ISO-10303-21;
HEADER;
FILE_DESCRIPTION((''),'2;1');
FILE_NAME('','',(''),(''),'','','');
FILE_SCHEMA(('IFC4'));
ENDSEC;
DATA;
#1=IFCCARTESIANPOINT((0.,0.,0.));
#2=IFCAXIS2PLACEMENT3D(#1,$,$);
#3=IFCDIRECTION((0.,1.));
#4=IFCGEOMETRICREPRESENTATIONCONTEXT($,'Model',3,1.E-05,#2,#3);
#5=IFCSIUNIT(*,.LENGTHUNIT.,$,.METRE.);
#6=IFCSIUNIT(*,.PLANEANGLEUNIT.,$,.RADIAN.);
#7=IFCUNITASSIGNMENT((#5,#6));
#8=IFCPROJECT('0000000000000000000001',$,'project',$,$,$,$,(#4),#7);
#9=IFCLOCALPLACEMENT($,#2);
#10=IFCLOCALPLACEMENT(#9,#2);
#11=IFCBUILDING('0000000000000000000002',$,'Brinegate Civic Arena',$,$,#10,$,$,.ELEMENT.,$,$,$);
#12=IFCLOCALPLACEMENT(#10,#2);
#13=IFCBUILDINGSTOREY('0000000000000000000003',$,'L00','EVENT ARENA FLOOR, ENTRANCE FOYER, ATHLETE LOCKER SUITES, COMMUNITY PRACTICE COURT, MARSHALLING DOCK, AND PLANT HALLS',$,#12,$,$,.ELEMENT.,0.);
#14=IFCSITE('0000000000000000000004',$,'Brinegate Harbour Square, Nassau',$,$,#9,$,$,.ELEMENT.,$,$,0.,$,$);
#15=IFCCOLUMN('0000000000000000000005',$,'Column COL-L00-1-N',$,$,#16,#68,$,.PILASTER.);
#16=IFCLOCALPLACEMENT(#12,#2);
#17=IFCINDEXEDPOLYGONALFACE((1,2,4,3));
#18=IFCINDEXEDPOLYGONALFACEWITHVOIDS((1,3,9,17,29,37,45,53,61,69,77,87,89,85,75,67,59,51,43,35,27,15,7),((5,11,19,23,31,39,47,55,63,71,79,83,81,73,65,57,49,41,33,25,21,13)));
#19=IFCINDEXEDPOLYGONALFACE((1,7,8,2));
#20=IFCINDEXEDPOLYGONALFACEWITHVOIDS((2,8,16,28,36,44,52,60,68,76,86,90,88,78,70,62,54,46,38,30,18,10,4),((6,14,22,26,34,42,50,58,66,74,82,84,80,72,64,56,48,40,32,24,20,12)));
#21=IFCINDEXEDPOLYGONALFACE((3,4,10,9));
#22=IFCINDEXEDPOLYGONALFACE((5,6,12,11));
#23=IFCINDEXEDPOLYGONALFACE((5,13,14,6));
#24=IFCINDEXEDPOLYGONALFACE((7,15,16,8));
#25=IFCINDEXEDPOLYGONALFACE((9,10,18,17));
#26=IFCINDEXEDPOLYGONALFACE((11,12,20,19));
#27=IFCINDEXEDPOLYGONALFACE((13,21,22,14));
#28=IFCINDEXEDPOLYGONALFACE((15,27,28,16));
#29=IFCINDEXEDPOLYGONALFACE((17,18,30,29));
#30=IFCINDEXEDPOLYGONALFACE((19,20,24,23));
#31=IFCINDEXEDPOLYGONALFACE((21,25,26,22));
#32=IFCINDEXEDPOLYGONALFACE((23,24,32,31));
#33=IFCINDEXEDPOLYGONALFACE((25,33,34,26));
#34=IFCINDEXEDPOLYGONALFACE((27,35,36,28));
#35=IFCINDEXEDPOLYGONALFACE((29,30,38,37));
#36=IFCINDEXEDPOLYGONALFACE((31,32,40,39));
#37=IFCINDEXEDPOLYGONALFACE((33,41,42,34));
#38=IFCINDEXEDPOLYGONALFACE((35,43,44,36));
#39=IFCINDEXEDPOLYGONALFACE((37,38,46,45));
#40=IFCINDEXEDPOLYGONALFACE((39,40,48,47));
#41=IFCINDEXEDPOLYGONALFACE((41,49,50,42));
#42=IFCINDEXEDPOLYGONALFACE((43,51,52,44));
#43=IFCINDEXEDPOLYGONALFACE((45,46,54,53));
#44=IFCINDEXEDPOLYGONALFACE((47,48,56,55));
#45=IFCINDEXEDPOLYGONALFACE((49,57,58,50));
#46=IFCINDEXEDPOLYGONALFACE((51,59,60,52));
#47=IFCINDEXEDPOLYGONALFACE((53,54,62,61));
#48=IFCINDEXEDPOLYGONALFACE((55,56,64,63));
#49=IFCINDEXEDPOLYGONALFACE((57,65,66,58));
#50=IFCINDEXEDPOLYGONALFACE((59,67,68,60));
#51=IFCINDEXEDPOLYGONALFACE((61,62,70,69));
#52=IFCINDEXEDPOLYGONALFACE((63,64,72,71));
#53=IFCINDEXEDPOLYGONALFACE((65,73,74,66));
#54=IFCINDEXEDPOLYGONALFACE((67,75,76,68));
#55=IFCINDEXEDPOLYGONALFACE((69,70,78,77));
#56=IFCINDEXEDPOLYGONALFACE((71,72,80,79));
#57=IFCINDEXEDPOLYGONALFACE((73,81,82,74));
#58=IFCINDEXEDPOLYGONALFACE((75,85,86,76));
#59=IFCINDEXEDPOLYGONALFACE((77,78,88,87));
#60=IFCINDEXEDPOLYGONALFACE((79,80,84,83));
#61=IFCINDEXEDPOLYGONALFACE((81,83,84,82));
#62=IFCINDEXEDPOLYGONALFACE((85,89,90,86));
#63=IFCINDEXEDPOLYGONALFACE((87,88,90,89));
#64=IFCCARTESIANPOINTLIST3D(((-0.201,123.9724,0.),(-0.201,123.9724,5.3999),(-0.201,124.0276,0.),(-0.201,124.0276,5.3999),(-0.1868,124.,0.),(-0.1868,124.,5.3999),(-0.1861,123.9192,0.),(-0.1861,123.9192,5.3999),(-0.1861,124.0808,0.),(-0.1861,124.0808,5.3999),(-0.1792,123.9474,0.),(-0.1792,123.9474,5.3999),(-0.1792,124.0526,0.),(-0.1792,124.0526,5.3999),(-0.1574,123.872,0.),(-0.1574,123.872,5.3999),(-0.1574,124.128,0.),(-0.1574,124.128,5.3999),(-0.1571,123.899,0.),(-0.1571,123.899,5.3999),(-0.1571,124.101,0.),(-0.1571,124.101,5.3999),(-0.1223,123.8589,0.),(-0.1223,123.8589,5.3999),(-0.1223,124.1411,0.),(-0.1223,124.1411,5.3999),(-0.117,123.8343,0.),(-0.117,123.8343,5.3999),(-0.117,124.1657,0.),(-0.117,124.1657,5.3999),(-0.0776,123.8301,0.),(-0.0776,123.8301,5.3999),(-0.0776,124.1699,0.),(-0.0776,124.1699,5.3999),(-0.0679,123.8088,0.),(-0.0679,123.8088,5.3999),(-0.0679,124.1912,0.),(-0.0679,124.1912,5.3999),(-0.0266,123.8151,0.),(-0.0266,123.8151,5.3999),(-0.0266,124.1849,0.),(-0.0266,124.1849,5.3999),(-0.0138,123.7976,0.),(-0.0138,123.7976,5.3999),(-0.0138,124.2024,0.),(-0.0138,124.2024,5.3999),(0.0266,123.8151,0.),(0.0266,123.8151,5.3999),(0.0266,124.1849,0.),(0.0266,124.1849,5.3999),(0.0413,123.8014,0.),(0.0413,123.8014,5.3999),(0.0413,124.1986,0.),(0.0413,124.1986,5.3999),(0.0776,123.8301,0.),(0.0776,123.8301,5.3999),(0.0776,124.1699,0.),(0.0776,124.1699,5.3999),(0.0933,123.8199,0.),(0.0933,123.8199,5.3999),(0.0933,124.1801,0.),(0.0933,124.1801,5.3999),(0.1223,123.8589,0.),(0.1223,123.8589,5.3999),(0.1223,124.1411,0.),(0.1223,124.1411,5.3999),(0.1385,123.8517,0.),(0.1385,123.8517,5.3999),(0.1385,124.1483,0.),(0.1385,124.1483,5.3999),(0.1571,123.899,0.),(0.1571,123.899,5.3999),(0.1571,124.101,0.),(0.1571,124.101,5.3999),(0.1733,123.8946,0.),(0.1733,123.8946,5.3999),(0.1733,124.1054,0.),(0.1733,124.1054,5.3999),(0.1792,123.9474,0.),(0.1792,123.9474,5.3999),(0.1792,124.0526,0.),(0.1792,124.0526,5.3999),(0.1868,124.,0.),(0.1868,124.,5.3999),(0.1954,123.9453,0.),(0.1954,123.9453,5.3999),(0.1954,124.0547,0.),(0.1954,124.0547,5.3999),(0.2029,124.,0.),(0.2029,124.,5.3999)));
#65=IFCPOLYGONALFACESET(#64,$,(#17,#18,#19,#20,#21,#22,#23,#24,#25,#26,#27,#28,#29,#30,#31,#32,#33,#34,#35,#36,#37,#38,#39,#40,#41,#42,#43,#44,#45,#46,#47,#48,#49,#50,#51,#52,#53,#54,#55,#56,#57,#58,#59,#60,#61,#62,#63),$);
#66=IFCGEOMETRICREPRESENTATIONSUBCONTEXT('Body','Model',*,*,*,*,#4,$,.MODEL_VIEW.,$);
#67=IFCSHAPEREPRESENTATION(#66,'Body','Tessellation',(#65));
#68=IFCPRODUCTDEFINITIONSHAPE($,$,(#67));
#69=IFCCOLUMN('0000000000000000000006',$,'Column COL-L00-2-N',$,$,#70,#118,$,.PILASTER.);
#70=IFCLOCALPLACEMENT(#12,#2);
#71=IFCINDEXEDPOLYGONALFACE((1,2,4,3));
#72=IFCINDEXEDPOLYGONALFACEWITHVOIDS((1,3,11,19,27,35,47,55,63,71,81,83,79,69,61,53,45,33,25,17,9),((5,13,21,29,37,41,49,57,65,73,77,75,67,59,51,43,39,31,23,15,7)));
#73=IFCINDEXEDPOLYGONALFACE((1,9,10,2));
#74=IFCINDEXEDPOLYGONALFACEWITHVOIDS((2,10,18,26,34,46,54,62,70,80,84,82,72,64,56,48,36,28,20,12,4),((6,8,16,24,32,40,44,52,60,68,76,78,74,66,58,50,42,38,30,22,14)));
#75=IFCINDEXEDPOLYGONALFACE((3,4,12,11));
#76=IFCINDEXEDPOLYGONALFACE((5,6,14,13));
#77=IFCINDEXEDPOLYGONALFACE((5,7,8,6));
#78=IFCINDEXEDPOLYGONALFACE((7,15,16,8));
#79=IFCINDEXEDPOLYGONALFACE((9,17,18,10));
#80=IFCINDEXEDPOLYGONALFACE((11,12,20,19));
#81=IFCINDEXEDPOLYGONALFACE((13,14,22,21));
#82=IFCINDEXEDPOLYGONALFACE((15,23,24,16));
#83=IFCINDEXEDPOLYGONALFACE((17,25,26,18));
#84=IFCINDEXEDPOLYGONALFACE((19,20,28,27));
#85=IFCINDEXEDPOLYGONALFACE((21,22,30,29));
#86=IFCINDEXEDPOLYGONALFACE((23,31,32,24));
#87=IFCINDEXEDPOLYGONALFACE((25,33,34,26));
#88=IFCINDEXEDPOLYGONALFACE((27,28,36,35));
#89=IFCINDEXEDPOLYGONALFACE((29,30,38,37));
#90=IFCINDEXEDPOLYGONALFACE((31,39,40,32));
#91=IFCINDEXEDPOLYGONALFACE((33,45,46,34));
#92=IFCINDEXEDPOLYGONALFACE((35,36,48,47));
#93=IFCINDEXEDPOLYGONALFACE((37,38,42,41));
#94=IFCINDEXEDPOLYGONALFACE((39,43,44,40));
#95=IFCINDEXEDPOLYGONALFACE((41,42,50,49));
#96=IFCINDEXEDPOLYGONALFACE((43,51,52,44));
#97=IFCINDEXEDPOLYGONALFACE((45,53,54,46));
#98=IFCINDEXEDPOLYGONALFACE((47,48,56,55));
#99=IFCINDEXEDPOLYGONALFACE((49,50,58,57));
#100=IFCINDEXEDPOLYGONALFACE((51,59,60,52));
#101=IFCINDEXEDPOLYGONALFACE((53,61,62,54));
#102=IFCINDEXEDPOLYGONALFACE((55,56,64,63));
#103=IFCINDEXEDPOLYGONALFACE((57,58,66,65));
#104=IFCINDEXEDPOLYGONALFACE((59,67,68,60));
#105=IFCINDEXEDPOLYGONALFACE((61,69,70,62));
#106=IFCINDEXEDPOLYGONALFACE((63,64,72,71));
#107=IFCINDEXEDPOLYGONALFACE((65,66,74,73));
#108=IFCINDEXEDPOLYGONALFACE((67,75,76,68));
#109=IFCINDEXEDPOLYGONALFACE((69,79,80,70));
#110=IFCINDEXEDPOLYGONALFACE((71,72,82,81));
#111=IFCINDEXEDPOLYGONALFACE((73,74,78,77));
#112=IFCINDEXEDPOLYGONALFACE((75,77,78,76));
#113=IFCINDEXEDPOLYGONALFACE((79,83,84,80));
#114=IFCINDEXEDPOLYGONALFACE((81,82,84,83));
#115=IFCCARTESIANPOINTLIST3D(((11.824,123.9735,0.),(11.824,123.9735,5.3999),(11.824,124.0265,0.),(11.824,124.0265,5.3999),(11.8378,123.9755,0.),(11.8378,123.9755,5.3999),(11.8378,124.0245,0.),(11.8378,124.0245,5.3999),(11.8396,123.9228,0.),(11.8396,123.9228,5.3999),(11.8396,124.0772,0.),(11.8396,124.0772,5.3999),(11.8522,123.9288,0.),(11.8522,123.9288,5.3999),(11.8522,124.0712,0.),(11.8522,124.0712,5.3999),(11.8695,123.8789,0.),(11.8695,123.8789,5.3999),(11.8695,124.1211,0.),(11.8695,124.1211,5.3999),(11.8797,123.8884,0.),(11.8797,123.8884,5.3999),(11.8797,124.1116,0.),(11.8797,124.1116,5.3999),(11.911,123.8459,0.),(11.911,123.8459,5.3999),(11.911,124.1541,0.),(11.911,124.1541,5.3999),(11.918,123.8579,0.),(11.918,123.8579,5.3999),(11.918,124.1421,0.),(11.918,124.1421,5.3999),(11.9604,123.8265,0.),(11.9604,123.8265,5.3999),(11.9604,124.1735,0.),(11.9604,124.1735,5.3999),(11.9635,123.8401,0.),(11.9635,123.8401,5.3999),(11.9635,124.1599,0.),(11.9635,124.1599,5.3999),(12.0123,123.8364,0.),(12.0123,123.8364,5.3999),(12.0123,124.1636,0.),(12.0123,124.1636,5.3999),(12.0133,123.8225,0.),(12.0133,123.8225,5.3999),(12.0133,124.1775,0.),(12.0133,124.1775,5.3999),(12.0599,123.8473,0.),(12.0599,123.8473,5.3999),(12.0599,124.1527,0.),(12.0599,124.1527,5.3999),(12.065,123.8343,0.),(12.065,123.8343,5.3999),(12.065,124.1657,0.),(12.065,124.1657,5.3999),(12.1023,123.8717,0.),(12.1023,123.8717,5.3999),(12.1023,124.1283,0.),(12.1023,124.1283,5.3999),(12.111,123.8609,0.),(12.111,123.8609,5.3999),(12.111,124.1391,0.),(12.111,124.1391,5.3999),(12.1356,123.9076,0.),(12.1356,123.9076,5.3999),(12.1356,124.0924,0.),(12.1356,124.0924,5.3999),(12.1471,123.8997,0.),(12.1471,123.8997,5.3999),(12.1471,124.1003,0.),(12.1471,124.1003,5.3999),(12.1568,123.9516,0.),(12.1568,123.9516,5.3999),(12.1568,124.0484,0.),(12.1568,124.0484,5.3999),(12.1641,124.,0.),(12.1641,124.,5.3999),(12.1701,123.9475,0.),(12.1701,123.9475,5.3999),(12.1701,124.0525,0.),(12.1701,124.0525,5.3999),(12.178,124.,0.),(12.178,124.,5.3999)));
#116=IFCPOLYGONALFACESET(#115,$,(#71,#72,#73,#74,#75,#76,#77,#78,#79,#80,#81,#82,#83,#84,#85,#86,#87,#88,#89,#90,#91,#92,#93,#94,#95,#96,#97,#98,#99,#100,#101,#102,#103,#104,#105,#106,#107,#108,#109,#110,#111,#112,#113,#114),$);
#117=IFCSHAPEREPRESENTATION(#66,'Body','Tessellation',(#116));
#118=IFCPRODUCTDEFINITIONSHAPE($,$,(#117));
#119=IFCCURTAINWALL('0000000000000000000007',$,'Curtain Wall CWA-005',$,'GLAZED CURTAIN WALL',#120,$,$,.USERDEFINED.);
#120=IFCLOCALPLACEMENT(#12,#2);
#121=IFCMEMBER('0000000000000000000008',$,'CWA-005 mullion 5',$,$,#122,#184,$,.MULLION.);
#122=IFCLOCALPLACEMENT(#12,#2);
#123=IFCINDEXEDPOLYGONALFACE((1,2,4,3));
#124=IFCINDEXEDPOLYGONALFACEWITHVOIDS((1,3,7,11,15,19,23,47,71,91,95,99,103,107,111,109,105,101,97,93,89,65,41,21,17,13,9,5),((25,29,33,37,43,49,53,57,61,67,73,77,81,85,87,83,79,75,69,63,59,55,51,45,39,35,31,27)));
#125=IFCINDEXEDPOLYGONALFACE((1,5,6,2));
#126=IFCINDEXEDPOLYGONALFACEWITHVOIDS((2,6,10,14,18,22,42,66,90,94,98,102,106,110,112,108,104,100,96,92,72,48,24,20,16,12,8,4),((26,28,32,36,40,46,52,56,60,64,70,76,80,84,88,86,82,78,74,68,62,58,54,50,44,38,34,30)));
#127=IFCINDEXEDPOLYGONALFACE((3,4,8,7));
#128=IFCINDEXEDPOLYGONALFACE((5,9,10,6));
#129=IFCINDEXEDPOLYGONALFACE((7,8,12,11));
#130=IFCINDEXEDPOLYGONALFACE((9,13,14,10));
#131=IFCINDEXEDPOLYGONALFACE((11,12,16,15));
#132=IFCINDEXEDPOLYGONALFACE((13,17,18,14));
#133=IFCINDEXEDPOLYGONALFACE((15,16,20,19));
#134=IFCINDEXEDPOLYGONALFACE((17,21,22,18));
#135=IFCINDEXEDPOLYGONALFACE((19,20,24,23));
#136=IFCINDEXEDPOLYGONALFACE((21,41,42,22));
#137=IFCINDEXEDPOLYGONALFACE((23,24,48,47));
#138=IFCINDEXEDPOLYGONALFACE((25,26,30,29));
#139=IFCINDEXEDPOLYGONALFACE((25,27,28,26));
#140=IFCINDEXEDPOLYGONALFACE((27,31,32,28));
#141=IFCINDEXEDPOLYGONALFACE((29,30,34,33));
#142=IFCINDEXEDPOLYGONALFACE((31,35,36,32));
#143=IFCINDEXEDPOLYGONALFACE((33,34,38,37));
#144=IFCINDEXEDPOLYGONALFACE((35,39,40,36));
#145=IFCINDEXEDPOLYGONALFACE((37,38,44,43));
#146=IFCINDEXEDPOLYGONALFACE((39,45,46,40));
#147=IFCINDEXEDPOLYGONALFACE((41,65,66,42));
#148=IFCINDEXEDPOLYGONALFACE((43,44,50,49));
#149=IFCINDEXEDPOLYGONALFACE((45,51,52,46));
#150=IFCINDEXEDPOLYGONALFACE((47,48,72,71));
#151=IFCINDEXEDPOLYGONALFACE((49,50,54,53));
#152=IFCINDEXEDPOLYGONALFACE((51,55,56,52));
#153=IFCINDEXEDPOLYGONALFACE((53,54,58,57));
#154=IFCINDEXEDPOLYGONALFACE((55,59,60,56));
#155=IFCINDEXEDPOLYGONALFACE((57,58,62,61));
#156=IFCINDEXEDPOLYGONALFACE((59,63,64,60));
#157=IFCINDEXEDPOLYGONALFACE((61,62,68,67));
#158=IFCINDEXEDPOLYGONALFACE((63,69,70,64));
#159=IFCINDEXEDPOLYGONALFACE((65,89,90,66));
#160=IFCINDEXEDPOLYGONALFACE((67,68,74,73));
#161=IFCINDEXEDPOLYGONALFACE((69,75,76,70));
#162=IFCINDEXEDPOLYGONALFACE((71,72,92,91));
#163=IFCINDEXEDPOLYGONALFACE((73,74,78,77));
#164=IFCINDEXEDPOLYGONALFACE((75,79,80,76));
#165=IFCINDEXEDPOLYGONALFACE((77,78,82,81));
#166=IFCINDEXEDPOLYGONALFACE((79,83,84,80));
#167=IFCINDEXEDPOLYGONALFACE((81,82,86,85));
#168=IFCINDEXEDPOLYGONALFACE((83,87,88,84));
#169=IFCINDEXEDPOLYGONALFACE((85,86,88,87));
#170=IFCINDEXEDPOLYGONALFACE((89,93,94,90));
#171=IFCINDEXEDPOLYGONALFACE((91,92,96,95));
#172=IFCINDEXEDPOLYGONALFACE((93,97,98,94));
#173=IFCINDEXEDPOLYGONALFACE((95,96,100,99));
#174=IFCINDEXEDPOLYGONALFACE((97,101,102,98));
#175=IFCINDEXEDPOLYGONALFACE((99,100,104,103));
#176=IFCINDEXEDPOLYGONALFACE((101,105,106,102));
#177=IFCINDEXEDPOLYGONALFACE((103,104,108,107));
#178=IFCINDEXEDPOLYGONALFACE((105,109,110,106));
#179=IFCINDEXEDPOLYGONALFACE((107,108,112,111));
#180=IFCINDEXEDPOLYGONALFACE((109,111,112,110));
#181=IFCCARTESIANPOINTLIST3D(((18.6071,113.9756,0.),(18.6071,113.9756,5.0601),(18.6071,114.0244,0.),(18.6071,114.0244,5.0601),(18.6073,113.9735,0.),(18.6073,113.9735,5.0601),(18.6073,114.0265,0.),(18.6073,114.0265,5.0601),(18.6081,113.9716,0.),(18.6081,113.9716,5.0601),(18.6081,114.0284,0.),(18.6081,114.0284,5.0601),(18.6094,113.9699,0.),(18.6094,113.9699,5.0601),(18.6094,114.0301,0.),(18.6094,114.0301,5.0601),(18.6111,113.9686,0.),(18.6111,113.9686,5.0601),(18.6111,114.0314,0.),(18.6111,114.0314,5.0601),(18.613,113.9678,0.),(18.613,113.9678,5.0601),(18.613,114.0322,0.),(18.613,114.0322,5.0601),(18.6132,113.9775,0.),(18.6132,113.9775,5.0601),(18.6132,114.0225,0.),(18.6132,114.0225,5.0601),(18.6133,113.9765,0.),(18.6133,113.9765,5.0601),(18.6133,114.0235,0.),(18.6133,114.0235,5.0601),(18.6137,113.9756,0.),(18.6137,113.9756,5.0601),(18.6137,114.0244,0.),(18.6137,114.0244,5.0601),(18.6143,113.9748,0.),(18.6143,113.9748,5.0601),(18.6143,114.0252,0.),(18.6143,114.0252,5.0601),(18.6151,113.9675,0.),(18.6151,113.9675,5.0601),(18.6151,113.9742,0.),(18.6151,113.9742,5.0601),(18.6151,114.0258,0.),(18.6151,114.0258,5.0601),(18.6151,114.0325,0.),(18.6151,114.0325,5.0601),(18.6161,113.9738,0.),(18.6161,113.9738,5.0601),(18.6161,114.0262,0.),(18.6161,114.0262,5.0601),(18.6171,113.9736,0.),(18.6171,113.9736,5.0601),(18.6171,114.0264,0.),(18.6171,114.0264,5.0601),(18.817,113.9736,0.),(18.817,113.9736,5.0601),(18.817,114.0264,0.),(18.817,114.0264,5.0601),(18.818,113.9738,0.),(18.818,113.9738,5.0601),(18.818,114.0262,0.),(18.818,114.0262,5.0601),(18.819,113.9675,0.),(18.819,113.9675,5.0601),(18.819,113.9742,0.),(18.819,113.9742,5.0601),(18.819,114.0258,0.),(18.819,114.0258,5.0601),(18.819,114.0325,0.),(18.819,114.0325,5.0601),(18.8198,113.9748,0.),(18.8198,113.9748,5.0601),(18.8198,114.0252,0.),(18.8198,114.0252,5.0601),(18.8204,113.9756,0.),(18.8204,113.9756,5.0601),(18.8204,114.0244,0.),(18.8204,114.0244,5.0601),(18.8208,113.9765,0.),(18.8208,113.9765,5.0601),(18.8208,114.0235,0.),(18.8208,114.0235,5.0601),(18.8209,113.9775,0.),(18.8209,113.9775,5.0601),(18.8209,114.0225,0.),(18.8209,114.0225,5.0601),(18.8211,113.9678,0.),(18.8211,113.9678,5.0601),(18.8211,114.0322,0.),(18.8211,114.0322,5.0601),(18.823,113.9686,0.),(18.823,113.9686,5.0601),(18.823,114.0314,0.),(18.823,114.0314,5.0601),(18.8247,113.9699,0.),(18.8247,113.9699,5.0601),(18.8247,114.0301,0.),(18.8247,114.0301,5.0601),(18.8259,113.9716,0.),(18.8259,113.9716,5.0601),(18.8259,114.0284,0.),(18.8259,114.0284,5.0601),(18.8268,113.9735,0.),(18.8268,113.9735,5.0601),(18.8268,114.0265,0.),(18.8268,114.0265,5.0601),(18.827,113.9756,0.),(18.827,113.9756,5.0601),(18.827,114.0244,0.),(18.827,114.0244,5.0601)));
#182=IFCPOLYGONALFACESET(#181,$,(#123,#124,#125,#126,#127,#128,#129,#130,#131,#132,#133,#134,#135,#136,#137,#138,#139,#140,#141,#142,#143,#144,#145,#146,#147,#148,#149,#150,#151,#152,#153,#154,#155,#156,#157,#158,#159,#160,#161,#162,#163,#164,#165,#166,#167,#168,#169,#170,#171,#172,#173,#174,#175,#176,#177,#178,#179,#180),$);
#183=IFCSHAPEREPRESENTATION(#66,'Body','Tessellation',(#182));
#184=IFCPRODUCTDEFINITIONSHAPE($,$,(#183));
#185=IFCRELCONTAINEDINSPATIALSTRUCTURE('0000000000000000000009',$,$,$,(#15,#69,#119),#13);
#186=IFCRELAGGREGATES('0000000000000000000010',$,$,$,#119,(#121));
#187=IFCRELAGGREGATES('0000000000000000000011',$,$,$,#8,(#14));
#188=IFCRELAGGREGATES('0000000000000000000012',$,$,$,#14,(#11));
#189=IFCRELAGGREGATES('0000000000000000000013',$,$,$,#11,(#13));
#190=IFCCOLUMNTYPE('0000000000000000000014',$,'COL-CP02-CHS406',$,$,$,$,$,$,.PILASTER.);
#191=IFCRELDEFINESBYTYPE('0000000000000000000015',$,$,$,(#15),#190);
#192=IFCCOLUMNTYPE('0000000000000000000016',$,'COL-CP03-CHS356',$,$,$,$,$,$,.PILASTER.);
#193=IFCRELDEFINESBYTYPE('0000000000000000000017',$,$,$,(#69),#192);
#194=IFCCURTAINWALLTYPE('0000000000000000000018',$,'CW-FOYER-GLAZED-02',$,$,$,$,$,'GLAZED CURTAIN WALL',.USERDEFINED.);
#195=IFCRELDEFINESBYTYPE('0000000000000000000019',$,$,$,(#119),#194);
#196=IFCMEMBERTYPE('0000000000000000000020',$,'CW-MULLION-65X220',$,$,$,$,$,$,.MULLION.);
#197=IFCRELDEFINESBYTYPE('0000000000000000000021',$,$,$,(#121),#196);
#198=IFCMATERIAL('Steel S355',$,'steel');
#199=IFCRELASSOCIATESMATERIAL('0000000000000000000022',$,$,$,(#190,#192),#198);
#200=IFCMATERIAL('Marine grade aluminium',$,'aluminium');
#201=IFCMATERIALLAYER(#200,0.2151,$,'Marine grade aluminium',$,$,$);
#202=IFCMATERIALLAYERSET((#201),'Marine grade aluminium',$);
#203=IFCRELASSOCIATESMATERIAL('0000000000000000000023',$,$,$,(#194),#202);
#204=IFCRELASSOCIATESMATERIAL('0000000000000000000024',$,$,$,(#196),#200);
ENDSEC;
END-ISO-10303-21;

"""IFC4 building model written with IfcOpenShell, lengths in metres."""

from ifc_helpers import new_model, si_unit, direction, frame, origin, origin_2d, place, context, subcontext, project, spatial, hollow_rectangle, hollow_circle, extrude, material, layer, layer_set, material_profile, profile_set, type_object, element, aggregate, save


model = new_model("IFC4")

# Units and contexts
model_context = context("Model", 3, precision=1e-05, world=origin(), true_north=direction((0.0, 1.0)))
body_context = subcontext(model_context, "Body", "Model", "MODEL_VIEW")
ifc_project = project(units=[si_unit("LENGTHUNIT", "METRE"), si_unit("PLANEANGLEUNIT", "RADIAN")], contexts=[model_context])

# Site, building, storey
site_placement = place(None, origin())
site = spatial("IfcSite", under=ifc_project, at=site_placement, Name="Brinegate Harbour Square, Nassau", CompositionType="ELEMENT", RefElevation=0.0)
building_placement = place(site_placement, origin())
building = spatial("IfcBuilding", under=site, at=building_placement, Name="Brinegate Civic Arena", CompositionType="ELEMENT")
storey_placement = place(building_placement, origin())
storey = spatial("IfcBuildingStorey", under=building, at=storey_placement, Name="L00", Description="EVENT ARENA FLOOR, ENTRANCE FOYER, ATHLETE LOCKER SUITES, COMMUNITY PRACTICE COURT, MARSHALLING DOCK, AND PLANT HALLS", CompositionType="ELEMENT", Elevation=0.0)

# Columns
ifc_material_1 = material(Name="Steel S355", Category="steel")
ifc_material_profile_1 = material_profile(ifc_material_1, hollow_circle(Radius=0.2029, WallThickness=0.0161, at=origin_2d()), Name="CHS406X16")
ifc_profile_set_1 = profile_set([ifc_material_profile_1], Name="Steel S355")
column_type_1 = type_object("IfcColumnType", Name="COL-CP02-CHS406", PredefinedType="PILASTER", material=ifc_profile_set_1)
column_1_placement = place(storey_placement, frame((0.0, 124.0, 0.0), z_axis=(0.0, 0.0, 1.0), x_axis=(1.0, 0.0, 0.0)))
element("IfcColumn", 1, at=column_1_placement, inside=storey, type_object=column_type_1, Name="Column COL-L00-1-N", PredefinedType="PILASTER", context=body_context, shape_type="SweptSolid", body=[
    extrude(hollow_circle(Radius=0.2029, WallThickness=0.0161, at=origin_2d()), origin(), (0.0, 0.0, 1.0), 5.3999),
])
ifc_material_profile_2 = material_profile(ifc_material_1, hollow_circle(Radius=0.178, WallThickness=0.0139, at=origin_2d()), Name="CHS356X14")
ifc_profile_set_2 = profile_set([ifc_material_profile_2], Name="Steel S355")
column_type_2 = type_object("IfcColumnType", Name="COL-CP03-CHS356", PredefinedType="PILASTER", material=ifc_profile_set_2)
column_2_placement = place(storey_placement, frame((12.0, 124.0, 0.0), z_axis=(0.0, 0.0, 1.0), x_axis=(1.0, 0.0, 0.0)))
element("IfcColumn", 2, at=column_2_placement, inside=storey, type_object=column_type_2, Name="Column COL-L00-2-N", PredefinedType="PILASTER", context=body_context, shape_type="SweptSolid", body=[
    extrude(hollow_circle(Radius=0.178, WallThickness=0.0139, at=origin_2d()), origin(), (0.0, 0.0, 1.0), 5.3999),
])

# Curtain wall, member
ifc_material_2 = material(Name="Marine grade aluminium", Category="aluminium")
ifc_layer_1 = layer(ifc_material_2, 0.2151, Name="Marine grade aluminium")
ifc_layer_set_1 = layer_set([ifc_layer_1], Name="Marine grade aluminium")
curtain_wall_type = type_object("IfcCurtainWallType", Name="CW-FOYER-GLAZED-02", ElementType="GLAZED CURTAIN WALL", PredefinedType="USERDEFINED", material=ifc_layer_set_1)
curtain_wall_placement = place(storey_placement, origin())
curtain_wall = element("IfcCurtainWall", 3, at=curtain_wall_placement, inside=storey, type_object=curtain_wall_type, Name="Curtain Wall CWA-005", ObjectType="GLAZED CURTAIN WALL", PredefinedType="USERDEFINED")
ifc_material_profile_3 = material_profile(ifc_material_2, hollow_rectangle(XDim=0.0649, YDim=0.22, WallThickness=0.0061, InnerFilletRadius=0.0039, OuterFilletRadius=0.0081, at=origin_2d()), Name="MUL65X220")
ifc_profile_set_3 = profile_set([ifc_material_profile_3], Name="Marine grade aluminium")
member_type_1 = type_object("IfcMemberType", Name="CW-MULLION-65X220", PredefinedType="MULLION", material=ifc_profile_set_3)
member_1_placement = place(storey_placement, frame((18.717, 114.0, 0.0), z_axis=(0.0, 0.0, 1.0), x_axis=(0.0, 1.0, 0.0)))
member_1 = element("IfcMember", 4, at=member_1_placement, type_object=member_type_1, Name="CWA-005 mullion 5", PredefinedType="MULLION", context=body_context, shape_type="SweptSolid", body=[
    extrude(hollow_rectangle(XDim=0.0649, YDim=0.22, WallThickness=0.0061, InnerFilletRadius=0.0039, OuterFilletRadius=0.0081, at=origin_2d()), origin(), (0.0, 0.0, 1.0), 5.0601),
])

aggregate(curtain_wall, [member_1])

save(model, "model.ifc")
